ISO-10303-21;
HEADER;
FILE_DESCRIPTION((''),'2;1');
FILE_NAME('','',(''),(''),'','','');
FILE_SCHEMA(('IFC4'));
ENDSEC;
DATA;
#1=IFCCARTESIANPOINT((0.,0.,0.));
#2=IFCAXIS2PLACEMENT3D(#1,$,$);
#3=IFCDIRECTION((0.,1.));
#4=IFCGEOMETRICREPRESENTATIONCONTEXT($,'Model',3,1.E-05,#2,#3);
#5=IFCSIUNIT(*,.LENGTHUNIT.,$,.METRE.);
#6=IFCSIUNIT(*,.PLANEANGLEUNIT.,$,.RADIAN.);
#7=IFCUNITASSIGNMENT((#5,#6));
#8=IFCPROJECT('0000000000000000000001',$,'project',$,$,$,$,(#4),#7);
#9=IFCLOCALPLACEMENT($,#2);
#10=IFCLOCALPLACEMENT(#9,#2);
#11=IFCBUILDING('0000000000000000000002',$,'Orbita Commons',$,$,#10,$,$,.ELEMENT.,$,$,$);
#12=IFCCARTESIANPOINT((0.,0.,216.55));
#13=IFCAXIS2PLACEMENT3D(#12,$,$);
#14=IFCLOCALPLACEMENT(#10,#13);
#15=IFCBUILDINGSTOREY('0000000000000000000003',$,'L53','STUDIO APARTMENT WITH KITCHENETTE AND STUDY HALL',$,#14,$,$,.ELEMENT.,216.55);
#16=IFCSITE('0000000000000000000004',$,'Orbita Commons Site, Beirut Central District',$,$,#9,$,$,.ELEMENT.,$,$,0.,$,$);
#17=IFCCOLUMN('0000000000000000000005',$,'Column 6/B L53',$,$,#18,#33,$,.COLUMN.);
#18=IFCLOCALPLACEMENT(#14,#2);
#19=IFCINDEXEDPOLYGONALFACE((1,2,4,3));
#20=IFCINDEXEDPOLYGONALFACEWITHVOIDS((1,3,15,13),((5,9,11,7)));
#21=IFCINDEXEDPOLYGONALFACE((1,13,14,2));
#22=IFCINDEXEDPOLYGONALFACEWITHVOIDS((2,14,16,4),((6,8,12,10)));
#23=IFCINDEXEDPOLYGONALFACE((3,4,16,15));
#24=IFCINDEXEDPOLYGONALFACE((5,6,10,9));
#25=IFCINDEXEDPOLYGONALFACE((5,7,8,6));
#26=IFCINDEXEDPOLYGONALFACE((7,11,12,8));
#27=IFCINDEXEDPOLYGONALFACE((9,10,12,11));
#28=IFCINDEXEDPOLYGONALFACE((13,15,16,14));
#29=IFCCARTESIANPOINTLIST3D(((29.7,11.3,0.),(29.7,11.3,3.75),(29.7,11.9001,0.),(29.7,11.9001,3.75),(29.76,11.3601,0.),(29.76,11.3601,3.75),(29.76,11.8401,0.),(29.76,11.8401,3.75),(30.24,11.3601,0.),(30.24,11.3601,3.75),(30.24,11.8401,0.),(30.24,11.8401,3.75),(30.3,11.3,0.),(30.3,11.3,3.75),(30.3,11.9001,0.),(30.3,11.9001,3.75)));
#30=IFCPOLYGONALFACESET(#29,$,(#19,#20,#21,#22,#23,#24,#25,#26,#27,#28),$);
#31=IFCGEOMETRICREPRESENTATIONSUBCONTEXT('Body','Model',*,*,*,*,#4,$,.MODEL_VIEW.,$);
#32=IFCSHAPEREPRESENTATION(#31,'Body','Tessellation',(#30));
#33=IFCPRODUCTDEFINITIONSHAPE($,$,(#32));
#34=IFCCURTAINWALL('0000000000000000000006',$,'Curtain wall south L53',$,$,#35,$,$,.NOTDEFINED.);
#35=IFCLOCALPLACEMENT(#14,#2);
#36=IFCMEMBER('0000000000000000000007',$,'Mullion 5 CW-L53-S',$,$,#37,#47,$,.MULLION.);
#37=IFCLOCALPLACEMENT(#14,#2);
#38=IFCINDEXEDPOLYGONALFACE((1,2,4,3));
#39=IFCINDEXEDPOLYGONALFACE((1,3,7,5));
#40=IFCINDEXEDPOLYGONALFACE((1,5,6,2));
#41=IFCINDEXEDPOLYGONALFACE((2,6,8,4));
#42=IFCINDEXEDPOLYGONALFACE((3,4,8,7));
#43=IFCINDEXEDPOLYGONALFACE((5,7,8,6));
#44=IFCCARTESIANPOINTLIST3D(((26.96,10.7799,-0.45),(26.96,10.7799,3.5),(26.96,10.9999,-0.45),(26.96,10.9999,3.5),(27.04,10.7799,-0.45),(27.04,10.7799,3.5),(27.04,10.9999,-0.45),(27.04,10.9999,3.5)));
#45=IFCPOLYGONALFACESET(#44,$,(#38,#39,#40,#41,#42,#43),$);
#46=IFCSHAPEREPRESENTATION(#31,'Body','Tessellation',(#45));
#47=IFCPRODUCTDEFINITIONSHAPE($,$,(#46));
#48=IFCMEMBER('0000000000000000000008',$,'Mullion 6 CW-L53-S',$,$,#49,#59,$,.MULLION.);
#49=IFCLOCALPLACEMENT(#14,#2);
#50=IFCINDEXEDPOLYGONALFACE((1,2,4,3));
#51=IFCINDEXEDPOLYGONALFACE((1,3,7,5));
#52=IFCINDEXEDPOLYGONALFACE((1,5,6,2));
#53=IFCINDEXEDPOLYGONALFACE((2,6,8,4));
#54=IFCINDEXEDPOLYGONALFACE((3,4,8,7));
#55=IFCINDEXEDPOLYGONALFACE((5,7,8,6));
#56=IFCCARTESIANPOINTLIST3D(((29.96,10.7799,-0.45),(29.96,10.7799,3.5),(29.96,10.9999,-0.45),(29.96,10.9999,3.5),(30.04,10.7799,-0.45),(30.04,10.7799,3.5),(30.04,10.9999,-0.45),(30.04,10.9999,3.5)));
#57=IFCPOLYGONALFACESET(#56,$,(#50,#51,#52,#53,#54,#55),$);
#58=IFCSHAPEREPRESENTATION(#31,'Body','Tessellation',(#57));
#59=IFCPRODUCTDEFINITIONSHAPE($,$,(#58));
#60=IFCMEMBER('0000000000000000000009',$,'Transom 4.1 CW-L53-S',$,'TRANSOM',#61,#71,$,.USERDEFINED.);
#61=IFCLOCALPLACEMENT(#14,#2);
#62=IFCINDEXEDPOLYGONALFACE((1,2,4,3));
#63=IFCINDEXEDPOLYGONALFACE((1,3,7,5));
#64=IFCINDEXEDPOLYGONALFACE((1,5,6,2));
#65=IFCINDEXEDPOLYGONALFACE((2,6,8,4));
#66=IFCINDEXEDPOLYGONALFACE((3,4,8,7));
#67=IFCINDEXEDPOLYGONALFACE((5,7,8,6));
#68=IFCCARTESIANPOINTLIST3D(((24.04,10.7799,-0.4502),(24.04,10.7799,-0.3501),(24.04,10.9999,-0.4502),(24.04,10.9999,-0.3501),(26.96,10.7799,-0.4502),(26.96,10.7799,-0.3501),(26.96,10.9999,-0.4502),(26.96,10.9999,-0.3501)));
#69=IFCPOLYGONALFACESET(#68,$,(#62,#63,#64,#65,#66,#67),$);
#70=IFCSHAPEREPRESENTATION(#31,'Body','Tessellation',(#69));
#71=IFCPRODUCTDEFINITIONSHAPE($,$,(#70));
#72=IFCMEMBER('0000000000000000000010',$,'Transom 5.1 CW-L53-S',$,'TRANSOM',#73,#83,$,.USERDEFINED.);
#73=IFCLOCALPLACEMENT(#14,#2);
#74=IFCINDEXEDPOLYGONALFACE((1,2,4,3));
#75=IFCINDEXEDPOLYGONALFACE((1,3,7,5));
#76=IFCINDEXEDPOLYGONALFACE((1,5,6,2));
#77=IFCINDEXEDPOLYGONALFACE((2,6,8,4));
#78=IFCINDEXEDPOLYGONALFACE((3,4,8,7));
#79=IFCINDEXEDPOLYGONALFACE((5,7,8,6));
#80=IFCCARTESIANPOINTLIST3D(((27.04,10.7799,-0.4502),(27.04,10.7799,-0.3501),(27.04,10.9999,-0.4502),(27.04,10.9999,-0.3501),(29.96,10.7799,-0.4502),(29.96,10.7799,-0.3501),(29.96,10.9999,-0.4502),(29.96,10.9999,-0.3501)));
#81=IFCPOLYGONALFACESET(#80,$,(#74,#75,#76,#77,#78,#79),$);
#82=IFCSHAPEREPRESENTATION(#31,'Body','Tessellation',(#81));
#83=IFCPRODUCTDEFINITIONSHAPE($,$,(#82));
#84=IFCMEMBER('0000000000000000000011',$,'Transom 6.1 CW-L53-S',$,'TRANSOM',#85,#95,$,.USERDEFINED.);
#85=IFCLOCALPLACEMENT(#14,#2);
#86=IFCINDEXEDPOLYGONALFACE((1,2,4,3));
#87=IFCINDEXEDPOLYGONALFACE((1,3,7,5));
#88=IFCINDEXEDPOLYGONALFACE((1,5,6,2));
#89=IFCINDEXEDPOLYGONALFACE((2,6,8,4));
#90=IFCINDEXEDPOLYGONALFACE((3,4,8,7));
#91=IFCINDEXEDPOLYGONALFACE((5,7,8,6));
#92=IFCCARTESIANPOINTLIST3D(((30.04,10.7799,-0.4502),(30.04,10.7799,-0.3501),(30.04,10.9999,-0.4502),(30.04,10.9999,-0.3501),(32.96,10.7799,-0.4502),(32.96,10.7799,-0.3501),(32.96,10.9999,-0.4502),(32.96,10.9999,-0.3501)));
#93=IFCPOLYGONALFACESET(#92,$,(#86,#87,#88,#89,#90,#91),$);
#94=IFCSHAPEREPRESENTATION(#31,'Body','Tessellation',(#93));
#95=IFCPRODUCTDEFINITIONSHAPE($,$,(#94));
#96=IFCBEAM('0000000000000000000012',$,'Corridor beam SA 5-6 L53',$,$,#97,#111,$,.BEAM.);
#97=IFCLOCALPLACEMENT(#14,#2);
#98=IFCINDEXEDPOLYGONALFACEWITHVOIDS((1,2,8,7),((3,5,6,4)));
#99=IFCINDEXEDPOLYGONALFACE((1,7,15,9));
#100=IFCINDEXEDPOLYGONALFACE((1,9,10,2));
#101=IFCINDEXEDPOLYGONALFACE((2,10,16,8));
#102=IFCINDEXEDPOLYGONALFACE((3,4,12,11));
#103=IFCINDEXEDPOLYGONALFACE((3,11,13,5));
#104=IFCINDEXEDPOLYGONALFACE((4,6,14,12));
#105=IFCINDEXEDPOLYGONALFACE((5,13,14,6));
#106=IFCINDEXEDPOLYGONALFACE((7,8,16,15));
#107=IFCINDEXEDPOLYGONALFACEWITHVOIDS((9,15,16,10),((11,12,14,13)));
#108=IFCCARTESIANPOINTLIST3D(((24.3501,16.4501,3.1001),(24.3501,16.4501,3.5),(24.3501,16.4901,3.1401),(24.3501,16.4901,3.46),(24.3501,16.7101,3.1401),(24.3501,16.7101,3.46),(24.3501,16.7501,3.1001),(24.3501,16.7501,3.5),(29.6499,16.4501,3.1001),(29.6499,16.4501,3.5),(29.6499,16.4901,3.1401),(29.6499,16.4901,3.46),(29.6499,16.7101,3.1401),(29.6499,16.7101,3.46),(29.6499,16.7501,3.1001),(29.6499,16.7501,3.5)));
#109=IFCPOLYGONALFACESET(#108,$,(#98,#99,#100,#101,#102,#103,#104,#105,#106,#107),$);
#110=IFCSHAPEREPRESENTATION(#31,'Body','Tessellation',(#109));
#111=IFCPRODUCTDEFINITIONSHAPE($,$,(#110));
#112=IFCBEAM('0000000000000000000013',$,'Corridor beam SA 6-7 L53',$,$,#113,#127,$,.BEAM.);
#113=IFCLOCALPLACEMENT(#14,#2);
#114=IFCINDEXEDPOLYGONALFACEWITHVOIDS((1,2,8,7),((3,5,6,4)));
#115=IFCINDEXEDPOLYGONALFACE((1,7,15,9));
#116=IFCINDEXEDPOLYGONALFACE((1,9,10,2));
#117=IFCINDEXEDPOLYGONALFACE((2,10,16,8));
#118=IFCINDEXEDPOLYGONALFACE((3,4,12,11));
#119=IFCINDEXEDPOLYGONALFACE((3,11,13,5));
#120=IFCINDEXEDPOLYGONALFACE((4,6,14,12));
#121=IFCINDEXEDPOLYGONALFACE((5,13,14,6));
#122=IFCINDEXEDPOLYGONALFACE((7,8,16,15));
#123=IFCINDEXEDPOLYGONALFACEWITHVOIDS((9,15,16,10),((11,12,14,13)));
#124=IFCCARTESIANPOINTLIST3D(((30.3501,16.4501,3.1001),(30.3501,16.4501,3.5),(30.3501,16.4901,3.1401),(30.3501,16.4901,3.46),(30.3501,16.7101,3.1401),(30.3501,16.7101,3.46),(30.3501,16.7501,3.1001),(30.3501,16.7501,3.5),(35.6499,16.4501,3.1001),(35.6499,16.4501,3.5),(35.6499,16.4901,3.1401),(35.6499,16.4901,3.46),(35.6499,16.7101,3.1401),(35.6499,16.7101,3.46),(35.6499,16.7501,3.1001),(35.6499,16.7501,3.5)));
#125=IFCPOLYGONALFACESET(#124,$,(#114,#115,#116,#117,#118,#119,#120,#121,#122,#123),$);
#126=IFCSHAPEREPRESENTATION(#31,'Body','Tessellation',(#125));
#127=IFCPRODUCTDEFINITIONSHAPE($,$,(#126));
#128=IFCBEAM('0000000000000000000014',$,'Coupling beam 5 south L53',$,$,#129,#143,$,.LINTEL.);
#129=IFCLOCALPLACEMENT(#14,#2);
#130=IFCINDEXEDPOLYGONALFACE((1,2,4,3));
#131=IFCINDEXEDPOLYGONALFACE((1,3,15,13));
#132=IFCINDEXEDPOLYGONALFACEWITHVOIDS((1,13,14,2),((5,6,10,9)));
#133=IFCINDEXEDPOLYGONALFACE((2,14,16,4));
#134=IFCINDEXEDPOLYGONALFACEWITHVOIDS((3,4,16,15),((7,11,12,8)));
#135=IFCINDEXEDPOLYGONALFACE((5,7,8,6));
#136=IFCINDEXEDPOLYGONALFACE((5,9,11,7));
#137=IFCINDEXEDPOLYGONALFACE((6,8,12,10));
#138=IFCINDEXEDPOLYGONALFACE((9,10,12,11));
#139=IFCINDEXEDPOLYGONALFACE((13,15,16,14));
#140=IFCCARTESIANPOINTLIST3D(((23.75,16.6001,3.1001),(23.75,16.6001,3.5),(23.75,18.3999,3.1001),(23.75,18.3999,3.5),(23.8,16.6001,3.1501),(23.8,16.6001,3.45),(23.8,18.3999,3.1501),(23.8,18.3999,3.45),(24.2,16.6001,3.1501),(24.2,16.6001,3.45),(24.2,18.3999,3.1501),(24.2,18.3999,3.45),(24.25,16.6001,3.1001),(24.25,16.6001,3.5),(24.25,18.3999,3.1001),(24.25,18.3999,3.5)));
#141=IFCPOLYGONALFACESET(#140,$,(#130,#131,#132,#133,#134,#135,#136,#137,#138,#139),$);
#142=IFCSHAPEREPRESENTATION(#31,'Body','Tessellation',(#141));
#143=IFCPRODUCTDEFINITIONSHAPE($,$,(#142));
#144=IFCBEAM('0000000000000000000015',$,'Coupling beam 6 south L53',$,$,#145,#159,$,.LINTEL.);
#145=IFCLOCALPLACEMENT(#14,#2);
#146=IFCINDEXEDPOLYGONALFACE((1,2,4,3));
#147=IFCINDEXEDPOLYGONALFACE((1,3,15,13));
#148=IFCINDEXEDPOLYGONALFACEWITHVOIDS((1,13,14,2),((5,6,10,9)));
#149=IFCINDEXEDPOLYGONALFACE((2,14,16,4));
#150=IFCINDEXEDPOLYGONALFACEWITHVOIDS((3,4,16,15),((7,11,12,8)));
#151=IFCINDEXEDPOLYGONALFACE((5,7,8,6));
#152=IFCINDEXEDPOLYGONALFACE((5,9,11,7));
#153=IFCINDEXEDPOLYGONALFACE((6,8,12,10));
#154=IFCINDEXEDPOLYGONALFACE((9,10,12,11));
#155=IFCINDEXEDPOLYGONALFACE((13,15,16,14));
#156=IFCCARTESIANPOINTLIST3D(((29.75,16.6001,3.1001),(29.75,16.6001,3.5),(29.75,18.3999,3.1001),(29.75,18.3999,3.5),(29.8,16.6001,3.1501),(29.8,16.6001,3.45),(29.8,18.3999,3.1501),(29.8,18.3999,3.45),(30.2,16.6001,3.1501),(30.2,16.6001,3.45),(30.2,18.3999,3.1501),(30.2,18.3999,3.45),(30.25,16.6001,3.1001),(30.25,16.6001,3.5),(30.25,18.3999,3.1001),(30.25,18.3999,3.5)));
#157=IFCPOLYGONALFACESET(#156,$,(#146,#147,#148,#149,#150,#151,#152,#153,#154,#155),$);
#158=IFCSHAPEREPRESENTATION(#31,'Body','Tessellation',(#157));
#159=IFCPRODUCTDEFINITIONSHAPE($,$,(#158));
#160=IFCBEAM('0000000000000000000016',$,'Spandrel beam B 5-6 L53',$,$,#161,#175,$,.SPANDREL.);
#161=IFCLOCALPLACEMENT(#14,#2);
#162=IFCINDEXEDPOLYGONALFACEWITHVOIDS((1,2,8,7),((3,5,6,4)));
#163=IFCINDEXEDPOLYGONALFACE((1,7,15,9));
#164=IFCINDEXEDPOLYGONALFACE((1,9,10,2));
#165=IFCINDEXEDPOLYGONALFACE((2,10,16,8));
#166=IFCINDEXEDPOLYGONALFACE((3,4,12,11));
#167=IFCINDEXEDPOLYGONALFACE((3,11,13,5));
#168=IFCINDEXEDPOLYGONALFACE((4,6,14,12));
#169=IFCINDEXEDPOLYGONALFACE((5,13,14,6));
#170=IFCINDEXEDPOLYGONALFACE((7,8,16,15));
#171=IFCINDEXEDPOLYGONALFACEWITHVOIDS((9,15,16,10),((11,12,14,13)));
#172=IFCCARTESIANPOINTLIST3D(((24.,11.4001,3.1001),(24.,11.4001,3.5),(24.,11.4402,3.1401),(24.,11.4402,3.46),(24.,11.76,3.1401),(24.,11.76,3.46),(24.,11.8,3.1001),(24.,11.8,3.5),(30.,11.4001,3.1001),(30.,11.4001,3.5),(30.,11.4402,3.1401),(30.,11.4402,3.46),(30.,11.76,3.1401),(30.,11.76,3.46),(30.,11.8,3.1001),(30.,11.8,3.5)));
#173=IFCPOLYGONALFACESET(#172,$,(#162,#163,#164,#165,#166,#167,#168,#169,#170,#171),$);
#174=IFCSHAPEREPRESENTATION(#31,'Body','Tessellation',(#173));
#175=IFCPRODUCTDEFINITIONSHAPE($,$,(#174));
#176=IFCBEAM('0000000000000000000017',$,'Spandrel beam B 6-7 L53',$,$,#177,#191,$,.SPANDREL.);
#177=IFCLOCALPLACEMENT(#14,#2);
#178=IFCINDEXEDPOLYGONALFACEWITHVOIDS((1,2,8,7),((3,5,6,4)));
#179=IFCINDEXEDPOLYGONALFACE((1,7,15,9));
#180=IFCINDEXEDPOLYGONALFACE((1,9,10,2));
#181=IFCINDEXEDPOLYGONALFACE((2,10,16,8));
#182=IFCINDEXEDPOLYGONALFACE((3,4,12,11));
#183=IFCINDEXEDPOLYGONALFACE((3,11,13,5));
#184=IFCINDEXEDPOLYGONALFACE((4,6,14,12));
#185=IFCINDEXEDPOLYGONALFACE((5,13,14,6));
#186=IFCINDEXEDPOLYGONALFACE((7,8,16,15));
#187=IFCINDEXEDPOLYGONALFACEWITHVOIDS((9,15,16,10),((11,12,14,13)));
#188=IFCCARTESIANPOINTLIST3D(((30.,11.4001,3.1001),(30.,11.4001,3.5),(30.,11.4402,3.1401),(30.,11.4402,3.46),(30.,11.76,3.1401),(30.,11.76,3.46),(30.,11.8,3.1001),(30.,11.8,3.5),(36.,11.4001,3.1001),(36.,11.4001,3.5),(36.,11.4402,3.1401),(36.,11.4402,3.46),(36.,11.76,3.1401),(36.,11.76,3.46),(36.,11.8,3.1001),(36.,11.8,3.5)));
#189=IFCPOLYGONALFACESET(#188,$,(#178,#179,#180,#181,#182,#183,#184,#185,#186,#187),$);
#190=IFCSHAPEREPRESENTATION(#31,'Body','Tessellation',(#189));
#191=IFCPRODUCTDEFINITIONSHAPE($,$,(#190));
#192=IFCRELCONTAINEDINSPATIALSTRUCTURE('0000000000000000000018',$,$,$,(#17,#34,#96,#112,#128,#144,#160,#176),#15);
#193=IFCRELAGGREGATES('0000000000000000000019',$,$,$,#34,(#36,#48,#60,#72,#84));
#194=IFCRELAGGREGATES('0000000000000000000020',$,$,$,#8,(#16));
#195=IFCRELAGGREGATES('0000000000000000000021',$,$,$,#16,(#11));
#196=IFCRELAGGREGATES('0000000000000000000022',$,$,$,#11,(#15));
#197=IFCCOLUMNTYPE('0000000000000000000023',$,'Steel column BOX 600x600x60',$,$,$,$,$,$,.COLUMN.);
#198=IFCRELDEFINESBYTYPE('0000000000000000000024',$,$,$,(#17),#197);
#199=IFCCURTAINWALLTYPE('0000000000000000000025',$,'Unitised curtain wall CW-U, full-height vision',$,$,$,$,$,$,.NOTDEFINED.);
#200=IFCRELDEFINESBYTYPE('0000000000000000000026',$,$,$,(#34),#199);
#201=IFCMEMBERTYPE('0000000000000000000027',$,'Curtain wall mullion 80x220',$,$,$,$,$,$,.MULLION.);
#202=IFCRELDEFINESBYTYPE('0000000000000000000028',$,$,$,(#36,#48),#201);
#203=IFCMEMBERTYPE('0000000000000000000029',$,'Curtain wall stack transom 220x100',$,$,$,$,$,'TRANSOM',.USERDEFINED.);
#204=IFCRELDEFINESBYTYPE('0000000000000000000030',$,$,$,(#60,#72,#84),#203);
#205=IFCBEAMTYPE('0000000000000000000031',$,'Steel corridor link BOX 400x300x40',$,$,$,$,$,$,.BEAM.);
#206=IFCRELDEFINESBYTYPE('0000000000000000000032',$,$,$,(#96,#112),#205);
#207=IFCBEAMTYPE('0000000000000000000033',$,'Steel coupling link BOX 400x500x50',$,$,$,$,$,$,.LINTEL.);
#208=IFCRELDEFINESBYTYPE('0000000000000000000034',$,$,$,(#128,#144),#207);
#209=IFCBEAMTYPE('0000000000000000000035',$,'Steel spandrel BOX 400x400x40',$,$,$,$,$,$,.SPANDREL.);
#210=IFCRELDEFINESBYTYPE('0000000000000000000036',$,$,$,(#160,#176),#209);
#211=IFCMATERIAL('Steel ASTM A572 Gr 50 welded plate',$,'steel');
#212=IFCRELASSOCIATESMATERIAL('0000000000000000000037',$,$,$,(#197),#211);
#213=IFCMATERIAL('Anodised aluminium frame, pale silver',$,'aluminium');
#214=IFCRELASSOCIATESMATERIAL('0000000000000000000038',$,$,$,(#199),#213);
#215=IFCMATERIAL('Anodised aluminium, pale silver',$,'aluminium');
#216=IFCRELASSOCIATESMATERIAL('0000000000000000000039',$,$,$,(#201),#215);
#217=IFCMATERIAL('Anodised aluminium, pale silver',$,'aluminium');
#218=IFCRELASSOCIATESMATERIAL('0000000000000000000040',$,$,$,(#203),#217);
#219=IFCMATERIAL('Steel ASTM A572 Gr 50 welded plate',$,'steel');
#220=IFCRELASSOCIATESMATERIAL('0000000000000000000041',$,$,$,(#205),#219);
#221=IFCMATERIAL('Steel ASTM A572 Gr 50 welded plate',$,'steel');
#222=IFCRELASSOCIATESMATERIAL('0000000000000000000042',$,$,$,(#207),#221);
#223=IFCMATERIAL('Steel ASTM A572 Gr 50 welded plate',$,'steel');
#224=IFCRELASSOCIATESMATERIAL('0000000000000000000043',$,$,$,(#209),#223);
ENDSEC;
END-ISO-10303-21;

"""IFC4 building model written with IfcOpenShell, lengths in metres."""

from ifc_helpers import new_model, si_unit, direction, frame, origin, origin_2d, place, context, subcontext, project, spatial, rectangle, hollow_rectangle, extrude, material, material_profile, profile_set, type_object, element, aggregate, save


model = new_model("IFC4")

# Units and contexts
model_context = context("Model", 3, precision=1e-05, world=origin(), true_north=direction((0.0, 1.0)))
body_context = subcontext(model_context, "Body", "Model", "MODEL_VIEW")
ifc_project = project(units=[si_unit("LENGTHUNIT", "METRE"), si_unit("PLANEANGLEUNIT", "RADIAN")], contexts=[model_context])

# Site, building, storey
site_placement = place(None, origin())
site = spatial("IfcSite", under=ifc_project, at=site_placement, Name="Orbita Commons Site, Beirut Central District", CompositionType="ELEMENT", RefElevation=0.0)
building_placement = place(site_placement, origin())
building = spatial("IfcBuilding", under=site, at=building_placement, Name="Orbita Commons", CompositionType="ELEMENT")
storey_placement = place(building_placement, frame((0.0, 0.0, 216.55)))
storey = spatial("IfcBuildingStorey", under=building, at=storey_placement, Name="L53", Description="STUDIO APARTMENT WITH KITCHENETTE AND STUDY HALL", CompositionType="ELEMENT", Elevation=216.55)

# Column
ifc_material_1 = material(Name="Steel ASTM A572 Gr 50 welded plate", Category="steel")
ifc_material_profile_1 = material_profile(ifc_material_1, hollow_rectangle(XDim=0.6001, YDim=0.6001, WallThickness=0.0601, at=origin_2d()), Name="BOX 600x600x60")
ifc_profile_set_1 = profile_set([ifc_material_profile_1], Name="Steel ASTM A572 Gr 50 welded plate")
column_type = type_object("IfcColumnType", Name="Steel column BOX 600x600x60", PredefinedType="COLUMN", material=ifc_profile_set_1)
column_placement = place(storey_placement, frame((30.0, 11.6001, 0.0), z_axis=(0.0, 0.0, 1.0), x_axis=(1.0, 0.0, 0.0)))
element("IfcColumn", 1, at=column_placement, inside=storey, type_object=column_type, Name="Column 6/B L53", PredefinedType="COLUMN", context=body_context, shape_type="SweptSolid", body=[
    extrude(hollow_rectangle(XDim=0.6001, YDim=0.6001, WallThickness=0.0601, at=origin_2d()), origin(), (0.0, 0.0, 1.0), 3.75),
])

# Curtain wall, members
ifc_material_2 = material(Name="Anodised aluminium frame, pale silver", Category="aluminium")
curtain_wall_type = type_object("IfcCurtainWallType", Name="Unitised curtain wall CW-U, full-height vision", PredefinedType="NOTDEFINED", material=ifc_material_2)
curtain_wall_placement = place(storey_placement, origin())
curtain_wall = element("IfcCurtainWall", 2, at=curtain_wall_placement, inside=storey, type_object=curtain_wall_type, Name="Curtain wall south L53", PredefinedType="NOTDEFINED")
ifc_material_3 = material(Name="Anodised aluminium, pale silver", Category="aluminium")
ifc_material_profile_2 = material_profile(ifc_material_3, rectangle(XDim=0.0801, YDim=0.22, at=origin_2d()), Name="AL 80x220")
ifc_profile_set_2 = profile_set([ifc_material_profile_2], Name="Anodised aluminium, pale silver")
member_type_1 = type_object("IfcMemberType", Name="Curtain wall mullion 80x220", PredefinedType="MULLION", material=ifc_profile_set_2)
member_1_placement = place(storey_placement, frame((27.0, 10.8899, -0.45), z_axis=(0.0, 0.0, 1.0), x_axis=(1.0, 0.0, 0.0)))
member_1 = element("IfcMember", 3, at=member_1_placement, type_object=member_type_1, Name="Mullion 5 CW-L53-S", PredefinedType="MULLION", context=body_context, shape_type="SweptSolid", body=[
    extrude(rectangle(XDim=0.0801, YDim=0.22, at=origin_2d()), origin(), (0.0, 0.0, 1.0), 3.95),
])
member_2_placement = place(storey_placement, frame((30.0, 10.8899, -0.45), z_axis=(0.0, 0.0, 1.0), x_axis=(1.0, 0.0, 0.0)))
member_2 = element("IfcMember", 4, at=member_2_placement, type_object=member_type_1, Name="Mullion 6 CW-L53-S", PredefinedType="MULLION", context=body_context, shape_type="SweptSolid", body=[
    extrude(rectangle(XDim=0.0801, YDim=0.22, at=origin_2d()), origin(), (0.0, 0.0, 1.0), 3.95),
])
ifc_material_4 = material(Name="Anodised aluminium, pale silver", Category="aluminium")
ifc_material_profile_3 = material_profile(ifc_material_4, rectangle(XDim=0.22, YDim=0.1001, at=origin_2d()), Name="AL 220x100")
ifc_profile_set_3 = profile_set([ifc_material_profile_3], Name="Anodised aluminium, pale silver")
member_type_2 = type_object("IfcMemberType", Name="Curtain wall stack transom 220x100", ElementType="TRANSOM", PredefinedType="USERDEFINED", material=ifc_profile_set_3)
member_3_placement = place(storey_placement, frame((24.04, 10.8899, -0.4001), z_axis=(1.0, 0.0, 0.0), x_axis=(0.0, 1.0, 0.0)))
member_3 = element("IfcMember", 5, at=member_3_placement, type_object=member_type_2, Name="Transom 4.1 CW-L53-S", ObjectType="TRANSOM", PredefinedType="USERDEFINED", context=body_context, shape_type="SweptSolid", body=[
    extrude(rectangle(XDim=0.22, YDim=0.1001, at=origin_2d()), origin(), (0.0, 0.0, 1.0), 2.9199),
])
member_4_placement = place(storey_placement, frame((27.04, 10.8899, -0.4001), z_axis=(1.0, 0.0, 0.0), x_axis=(0.0, 1.0, 0.0)))
member_4 = element("IfcMember", 6, at=member_4_placement, type_object=member_type_2, Name="Transom 5.1 CW-L53-S", ObjectType="TRANSOM", PredefinedType="USERDEFINED", context=body_context, shape_type="SweptSolid", body=[
    extrude(rectangle(XDim=0.22, YDim=0.1001, at=origin_2d()), origin(), (0.0, 0.0, 1.0), 2.9199),
])
member_5_placement = place(storey_placement, frame((30.04, 10.8899, -0.4001), z_axis=(1.0, 0.0, 0.0), x_axis=(0.0, 1.0, 0.0)))
member_5 = element("IfcMember", 7, at=member_5_placement, type_object=member_type_2, Name="Transom 6.1 CW-L53-S", ObjectType="TRANSOM", PredefinedType="USERDEFINED", context=body_context, shape_type="SweptSolid", body=[
    extrude(rectangle(XDim=0.22, YDim=0.1001, at=origin_2d()), origin(), (0.0, 0.0, 1.0), 2.9199),
])

# Beams
ifc_material_5 = material(Name="Steel ASTM A572 Gr 50 welded plate", Category="steel")
ifc_material_profile_4 = material_profile(ifc_material_5, hollow_rectangle(XDim=0.3, YDim=0.3999, WallThickness=0.04, at=origin_2d()), Name="BOX 400x300x40")
ifc_profile_set_4 = profile_set([ifc_material_profile_4], Name="Steel ASTM A572 Gr 50 welded plate")
beam_type_1 = type_object("IfcBeamType", Name="Steel corridor link BOX 400x300x40", PredefinedType="BEAM", material=ifc_profile_set_4)
for number, where, z_axis, x_axis, name in (
    (8, (24.3501, 16.6001, 3.3), (1.0, 0.0, 0.0), (0.0, 1.0, 0.0), "Corridor beam SA 5-6 L53"),
    (9, (30.3501, 16.6001, 3.3), (1.0, 0.0, 0.0), (0.0, 1.0, 0.0), "Corridor beam SA 6-7 L53"),
):
    element("IfcBeam", number, at=place(storey_placement, frame(where, z_axis=z_axis, x_axis=x_axis)), inside=storey, type_object=beam_type_1, Name=name, PredefinedType="BEAM", context=body_context, shape_type="SweptSolid", body=[
        extrude(hollow_rectangle(XDim=0.3, YDim=0.3999, WallThickness=0.04, at=origin_2d()), origin(), (0.0, 0.0, 1.0), 5.2998),
    ])
ifc_material_6 = material(Name="Steel ASTM A572 Gr 50 welded plate", Category="steel")
ifc_material_profile_5 = material_profile(ifc_material_6, hollow_rectangle(XDim=0.5, YDim=0.3999, WallThickness=0.05, at=origin_2d()), Name="BOX 400x500x50")
ifc_profile_set_5 = profile_set([ifc_material_profile_5], Name="Steel ASTM A572 Gr 50 welded plate")
beam_type_2 = type_object("IfcBeamType", Name="Steel coupling link BOX 400x500x50", PredefinedType="LINTEL", material=ifc_profile_set_5)
for number, where, z_axis, x_axis, name in (
    (10, (24.0, 16.6001, 3.3), (0.0, 1.0, 0.0), (-1.0, 0.0, 0.0), "Coupling beam 5 south L53"),
    (11, (30.0, 16.6001, 3.3), (0.0, 1.0, 0.0), (-1.0, 0.0, 0.0), "Coupling beam 6 south L53"),
):
    element("IfcBeam", number, at=place(storey_placement, frame(where, z_axis=z_axis, x_axis=x_axis)), inside=storey, type_object=beam_type_2, Name=name, PredefinedType="LINTEL", context=body_context, shape_type="SweptSolid", body=[
        extrude(hollow_rectangle(XDim=0.5, YDim=0.3999, WallThickness=0.05, at=origin_2d()), origin(), (0.0, 0.0, 1.0), 1.7998),
    ])
ifc_material_7 = material(Name="Steel ASTM A572 Gr 50 welded plate", Category="steel")
ifc_material_profile_6 = material_profile(ifc_material_7, hollow_rectangle(XDim=0.3999, YDim=0.3999, WallThickness=0.04, at=origin_2d()), Name="BOX 400x400x40")
ifc_profile_set_6 = profile_set([ifc_material_profile_6], Name="Steel ASTM A572 Gr 50 welded plate")
beam_type_3 = type_object("IfcBeamType", Name="Steel spandrel BOX 400x400x40", PredefinedType="SPANDREL", material=ifc_profile_set_6)
for number, where, z_axis, x_axis, name in (
    (12, (24.0, 11.6001, 3.3), (1.0, 0.0, 0.0), (0.0, 1.0, 0.0), "Spandrel beam B 5-6 L53"),
    (13, (30.0, 11.6001, 3.3), (1.0, 0.0, 0.0), (0.0, 1.0, 0.0), "Spandrel beam B 6-7 L53"),
):
    element("IfcBeam", number, at=place(storey_placement, frame(where, z_axis=z_axis, x_axis=x_axis)), inside=storey, type_object=beam_type_3, Name=name, PredefinedType="SPANDREL", context=body_context, shape_type="SweptSolid", body=[
        extrude(hollow_rectangle(XDim=0.3999, YDim=0.3999, WallThickness=0.04, at=origin_2d()), origin(), (0.0, 0.0, 1.0), 6.0),
    ])

aggregate(curtain_wall, [member_1, member_2, member_3, member_4, member_5])

save(model, "model.ifc")
